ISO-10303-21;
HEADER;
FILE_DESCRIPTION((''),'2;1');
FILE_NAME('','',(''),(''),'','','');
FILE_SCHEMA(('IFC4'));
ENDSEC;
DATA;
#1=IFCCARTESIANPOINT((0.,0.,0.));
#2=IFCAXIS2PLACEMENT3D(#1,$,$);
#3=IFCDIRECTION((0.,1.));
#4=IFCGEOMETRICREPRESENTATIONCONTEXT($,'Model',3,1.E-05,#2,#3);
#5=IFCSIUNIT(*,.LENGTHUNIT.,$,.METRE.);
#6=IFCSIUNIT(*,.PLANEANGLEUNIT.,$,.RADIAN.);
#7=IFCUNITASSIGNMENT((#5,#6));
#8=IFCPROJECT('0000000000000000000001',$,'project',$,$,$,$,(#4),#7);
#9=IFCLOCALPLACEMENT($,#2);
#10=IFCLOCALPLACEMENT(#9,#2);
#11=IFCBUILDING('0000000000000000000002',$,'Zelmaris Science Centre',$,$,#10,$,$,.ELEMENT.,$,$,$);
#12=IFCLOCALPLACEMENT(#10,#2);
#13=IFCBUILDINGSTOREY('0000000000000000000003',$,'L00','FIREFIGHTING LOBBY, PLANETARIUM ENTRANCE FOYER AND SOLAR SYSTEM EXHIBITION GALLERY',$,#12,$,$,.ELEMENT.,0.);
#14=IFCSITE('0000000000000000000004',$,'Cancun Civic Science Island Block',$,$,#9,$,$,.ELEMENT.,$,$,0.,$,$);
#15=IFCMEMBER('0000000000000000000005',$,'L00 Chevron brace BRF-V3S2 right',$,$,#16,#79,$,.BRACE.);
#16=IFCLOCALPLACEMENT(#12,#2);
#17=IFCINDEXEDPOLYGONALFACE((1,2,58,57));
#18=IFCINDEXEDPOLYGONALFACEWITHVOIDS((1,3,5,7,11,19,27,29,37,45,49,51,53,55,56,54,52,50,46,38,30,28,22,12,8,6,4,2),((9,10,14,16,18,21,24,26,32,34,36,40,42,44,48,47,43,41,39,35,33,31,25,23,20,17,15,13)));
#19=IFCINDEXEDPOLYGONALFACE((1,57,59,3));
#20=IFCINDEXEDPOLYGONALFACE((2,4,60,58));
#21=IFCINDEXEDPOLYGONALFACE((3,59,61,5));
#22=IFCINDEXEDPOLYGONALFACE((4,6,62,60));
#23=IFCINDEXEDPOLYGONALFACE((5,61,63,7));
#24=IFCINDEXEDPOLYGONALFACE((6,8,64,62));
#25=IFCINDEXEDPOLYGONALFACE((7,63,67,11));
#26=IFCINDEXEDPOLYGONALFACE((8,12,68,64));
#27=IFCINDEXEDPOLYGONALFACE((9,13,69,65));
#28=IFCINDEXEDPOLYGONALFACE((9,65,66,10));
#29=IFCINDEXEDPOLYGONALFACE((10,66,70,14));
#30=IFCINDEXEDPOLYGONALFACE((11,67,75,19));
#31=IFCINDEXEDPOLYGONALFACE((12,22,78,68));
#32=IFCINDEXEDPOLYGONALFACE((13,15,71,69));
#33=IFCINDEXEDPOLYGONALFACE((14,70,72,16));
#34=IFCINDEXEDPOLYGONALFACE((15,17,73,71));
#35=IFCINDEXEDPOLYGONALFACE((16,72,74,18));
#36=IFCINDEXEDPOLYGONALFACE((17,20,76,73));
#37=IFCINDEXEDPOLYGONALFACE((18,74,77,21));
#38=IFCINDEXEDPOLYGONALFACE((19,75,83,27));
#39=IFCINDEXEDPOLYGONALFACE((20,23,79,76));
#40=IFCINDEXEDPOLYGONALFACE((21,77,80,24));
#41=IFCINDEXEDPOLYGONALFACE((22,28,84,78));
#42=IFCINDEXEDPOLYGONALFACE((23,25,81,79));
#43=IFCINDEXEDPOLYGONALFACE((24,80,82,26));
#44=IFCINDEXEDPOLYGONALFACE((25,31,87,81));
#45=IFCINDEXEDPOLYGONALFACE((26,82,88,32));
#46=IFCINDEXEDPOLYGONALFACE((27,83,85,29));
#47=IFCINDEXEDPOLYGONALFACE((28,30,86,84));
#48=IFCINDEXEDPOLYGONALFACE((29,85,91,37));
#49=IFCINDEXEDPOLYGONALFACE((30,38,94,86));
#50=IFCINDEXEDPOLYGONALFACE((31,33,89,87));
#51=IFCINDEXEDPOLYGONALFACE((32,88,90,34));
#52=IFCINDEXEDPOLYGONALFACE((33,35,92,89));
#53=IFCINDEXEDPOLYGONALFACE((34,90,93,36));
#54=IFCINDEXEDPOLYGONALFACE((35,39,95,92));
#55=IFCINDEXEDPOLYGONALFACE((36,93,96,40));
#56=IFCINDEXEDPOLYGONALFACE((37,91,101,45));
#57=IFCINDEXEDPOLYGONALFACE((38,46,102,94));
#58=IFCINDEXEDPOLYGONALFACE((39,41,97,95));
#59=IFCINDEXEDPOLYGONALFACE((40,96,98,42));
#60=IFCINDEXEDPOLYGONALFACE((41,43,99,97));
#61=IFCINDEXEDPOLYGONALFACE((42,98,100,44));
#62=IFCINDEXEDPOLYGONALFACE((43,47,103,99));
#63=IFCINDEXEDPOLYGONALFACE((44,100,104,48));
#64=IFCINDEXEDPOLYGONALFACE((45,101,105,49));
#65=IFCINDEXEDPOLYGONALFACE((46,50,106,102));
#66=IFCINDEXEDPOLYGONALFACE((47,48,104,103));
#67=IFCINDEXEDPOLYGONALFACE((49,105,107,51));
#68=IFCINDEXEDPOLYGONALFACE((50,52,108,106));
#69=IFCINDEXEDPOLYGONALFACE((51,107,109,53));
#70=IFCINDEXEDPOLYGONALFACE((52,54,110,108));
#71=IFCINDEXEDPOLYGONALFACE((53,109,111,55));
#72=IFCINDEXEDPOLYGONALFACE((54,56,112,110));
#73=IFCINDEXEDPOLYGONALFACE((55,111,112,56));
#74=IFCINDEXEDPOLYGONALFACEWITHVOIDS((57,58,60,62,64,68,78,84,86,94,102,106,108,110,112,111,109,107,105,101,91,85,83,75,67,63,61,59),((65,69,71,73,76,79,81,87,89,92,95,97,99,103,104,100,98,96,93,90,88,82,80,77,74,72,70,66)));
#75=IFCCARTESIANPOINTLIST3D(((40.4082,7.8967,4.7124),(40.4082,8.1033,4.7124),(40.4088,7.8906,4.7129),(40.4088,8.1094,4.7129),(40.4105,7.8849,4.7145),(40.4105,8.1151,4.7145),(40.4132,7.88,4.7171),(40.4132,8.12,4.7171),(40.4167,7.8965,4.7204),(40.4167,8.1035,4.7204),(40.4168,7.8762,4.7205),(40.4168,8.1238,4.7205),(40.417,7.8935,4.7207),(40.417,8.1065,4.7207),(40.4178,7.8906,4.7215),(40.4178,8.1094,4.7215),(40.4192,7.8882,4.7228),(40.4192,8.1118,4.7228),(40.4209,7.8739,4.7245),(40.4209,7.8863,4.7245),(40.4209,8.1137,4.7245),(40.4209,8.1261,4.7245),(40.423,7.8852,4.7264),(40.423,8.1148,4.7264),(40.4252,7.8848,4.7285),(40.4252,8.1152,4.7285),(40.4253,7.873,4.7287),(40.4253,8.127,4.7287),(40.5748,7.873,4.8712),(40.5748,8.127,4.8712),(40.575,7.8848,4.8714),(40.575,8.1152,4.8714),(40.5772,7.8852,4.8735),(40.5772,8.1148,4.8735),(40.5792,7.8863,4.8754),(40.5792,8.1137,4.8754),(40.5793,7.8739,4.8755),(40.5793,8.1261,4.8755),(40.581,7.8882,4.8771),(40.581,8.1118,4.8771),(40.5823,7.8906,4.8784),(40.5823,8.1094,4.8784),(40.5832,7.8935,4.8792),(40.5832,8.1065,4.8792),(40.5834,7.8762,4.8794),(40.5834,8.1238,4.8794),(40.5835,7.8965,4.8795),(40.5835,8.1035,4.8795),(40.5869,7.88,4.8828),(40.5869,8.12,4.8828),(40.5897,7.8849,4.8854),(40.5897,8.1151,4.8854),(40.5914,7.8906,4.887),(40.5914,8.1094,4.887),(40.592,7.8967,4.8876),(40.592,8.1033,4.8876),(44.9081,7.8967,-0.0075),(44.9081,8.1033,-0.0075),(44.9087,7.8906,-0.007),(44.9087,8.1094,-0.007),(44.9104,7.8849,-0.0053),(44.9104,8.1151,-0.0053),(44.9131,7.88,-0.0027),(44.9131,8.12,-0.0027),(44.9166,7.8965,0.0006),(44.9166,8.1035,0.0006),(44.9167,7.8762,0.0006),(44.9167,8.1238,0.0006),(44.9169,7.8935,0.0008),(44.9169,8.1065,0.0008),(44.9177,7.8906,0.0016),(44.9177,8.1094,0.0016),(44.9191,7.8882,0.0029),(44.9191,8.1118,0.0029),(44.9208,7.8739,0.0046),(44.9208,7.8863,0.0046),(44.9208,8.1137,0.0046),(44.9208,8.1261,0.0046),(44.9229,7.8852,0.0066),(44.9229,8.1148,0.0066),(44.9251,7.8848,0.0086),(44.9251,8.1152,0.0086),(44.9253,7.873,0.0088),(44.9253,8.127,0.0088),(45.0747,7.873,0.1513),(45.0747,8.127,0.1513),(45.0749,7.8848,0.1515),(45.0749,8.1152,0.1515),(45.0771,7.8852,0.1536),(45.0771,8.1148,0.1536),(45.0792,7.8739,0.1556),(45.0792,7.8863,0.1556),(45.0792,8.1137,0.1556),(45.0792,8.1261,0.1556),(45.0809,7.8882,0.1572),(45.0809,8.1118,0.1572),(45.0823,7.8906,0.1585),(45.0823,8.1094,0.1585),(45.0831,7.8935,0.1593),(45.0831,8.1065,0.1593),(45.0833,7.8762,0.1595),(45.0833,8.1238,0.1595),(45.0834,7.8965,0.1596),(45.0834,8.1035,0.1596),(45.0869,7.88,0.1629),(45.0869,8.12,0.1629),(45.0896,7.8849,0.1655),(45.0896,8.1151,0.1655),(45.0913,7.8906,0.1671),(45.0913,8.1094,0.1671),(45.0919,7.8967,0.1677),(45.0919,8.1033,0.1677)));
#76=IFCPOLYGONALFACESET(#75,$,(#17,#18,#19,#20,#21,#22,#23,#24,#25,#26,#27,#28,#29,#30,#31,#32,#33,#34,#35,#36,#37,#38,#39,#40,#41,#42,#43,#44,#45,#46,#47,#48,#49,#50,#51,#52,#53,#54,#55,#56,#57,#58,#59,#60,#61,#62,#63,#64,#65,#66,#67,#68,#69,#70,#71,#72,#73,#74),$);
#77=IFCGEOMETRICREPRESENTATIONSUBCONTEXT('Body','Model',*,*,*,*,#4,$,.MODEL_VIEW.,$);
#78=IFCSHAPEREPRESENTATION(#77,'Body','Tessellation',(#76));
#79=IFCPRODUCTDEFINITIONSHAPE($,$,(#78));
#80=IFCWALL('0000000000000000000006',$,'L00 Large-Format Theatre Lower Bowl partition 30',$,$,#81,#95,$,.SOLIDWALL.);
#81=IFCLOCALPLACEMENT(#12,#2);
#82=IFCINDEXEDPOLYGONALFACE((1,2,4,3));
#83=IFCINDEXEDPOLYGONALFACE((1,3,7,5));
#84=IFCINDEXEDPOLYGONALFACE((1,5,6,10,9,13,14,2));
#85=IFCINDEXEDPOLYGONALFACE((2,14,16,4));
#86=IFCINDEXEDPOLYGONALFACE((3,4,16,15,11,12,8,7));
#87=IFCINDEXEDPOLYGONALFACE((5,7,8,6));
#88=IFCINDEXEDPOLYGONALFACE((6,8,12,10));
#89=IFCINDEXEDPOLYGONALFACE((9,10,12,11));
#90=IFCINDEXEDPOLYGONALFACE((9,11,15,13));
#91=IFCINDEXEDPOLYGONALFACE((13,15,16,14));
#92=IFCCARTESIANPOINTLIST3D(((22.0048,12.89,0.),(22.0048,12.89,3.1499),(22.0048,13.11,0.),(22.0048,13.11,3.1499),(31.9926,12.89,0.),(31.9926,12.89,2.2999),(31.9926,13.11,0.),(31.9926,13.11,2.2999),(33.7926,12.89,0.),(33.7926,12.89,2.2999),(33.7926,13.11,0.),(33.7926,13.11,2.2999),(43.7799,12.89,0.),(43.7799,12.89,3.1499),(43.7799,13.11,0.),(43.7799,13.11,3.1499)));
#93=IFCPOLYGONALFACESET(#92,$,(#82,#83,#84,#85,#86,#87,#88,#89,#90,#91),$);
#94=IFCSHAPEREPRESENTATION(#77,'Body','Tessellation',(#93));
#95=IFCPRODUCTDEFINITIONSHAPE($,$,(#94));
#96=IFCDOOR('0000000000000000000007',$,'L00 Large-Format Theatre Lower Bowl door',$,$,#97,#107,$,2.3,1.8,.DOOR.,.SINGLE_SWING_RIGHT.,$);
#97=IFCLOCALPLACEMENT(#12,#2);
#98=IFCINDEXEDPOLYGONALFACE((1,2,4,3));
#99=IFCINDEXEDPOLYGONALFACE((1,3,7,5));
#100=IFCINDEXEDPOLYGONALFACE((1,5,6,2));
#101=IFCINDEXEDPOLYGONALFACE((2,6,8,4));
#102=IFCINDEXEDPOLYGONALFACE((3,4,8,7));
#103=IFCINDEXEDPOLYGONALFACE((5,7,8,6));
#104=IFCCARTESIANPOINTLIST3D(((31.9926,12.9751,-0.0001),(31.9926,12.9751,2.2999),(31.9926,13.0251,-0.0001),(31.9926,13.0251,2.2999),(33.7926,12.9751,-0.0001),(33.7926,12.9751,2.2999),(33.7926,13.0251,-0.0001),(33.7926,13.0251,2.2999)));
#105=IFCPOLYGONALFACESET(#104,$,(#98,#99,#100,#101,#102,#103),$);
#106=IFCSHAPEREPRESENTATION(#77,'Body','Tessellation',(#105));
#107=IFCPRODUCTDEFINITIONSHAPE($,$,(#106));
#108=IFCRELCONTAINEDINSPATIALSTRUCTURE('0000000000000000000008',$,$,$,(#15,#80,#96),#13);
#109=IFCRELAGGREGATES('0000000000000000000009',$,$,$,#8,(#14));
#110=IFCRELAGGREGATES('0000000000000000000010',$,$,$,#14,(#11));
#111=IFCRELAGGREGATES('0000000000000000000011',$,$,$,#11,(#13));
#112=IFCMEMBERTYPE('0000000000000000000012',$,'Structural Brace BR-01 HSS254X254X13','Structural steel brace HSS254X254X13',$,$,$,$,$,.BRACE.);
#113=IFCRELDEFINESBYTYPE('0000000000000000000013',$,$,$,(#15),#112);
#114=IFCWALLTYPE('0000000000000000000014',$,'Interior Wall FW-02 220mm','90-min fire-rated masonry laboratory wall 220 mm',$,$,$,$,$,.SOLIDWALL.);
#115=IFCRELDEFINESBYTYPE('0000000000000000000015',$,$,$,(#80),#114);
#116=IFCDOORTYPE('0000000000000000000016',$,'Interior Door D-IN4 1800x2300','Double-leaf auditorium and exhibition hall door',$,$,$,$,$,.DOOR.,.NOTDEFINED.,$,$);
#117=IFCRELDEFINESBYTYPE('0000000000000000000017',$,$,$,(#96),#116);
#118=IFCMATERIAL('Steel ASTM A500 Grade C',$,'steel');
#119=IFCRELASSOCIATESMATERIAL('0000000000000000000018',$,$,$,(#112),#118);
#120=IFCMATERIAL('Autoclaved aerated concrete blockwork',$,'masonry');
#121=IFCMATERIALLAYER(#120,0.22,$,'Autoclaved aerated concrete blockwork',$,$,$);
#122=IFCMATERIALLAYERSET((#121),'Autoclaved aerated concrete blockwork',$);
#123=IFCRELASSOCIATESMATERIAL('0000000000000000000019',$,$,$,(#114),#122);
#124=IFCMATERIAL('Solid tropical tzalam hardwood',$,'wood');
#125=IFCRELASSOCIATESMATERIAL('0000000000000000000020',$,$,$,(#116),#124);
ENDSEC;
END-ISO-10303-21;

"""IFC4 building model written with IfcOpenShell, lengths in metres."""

from ifc_helpers import new_model, si_unit, direction, frame, frame_2d, origin, origin_2d, place, context, subcontext, project, spatial, rectangle, hollow_rectangle, extrude, material, layer, layer_set, material_profile, profile_set, type_object, element, fill, save


model = new_model("IFC4")

# Units and contexts
model_context = context("Model", 3, precision=1e-05, world=origin(), true_north=direction((0.0, 1.0)))
body_context = subcontext(model_context, "Body", "Model", "MODEL_VIEW")
ifc_project = project(units=[si_unit("LENGTHUNIT", "METRE"), si_unit("PLANEANGLEUNIT", "RADIAN")], contexts=[model_context])

# Site, building, storey
site_placement = place(None, origin())
site = spatial("IfcSite", under=ifc_project, at=site_placement, Name="Cancun Civic Science Island Block", CompositionType="ELEMENT", RefElevation=0.0)
building_placement = place(site_placement, origin())
building = spatial("IfcBuilding", under=site, at=building_placement, Name="Zelmaris Science Centre", CompositionType="ELEMENT")
storey_placement = place(building_placement, origin())
storey = spatial("IfcBuildingStorey", under=building, at=storey_placement, Name="L00", Description="FIREFIGHTING LOBBY, PLANETARIUM ENTRANCE FOYER AND SOLAR SYSTEM EXHIBITION GALLERY", CompositionType="ELEMENT", Elevation=0.0)

# Member
ifc_material_1 = material(Name="Steel ASTM A500 Grade C", Category="steel")
ifc_material_profile_1 = material_profile(ifc_material_1, hollow_rectangle(XDim=0.2539, YDim=0.2539, WallThickness=0.0117, InnerFilletRadius=0.0117, OuterFilletRadius=0.0237, at=origin_2d()), Name="HSS254X254X13")
ifc_profile_set_1 = profile_set([ifc_material_profile_1], Name="Steel ASTM A500 Grade C")
member_type = type_object("IfcMemberType", Name="Structural Brace BR-01 HSS254X254X13", Description="Structural steel brace HSS254X254X13", PredefinedType="BRACE", material=ifc_profile_set_1)
member_placement = place(storey_placement, frame((45.0, 8.0, 0.0801), z_axis=(-0.69004, 0.0, 0.723771), x_axis=(0.0, -1.0, 0.0)))
element("IfcMember", 1, at=member_placement, inside=storey, type_object=member_type, Name="L00 Chevron brace BRF-V3S2 right", PredefinedType="BRACE", context=body_context, shape_type="SweptSolid", body=[
    extrude(hollow_rectangle(XDim=0.2539, YDim=0.2539, WallThickness=0.0117, InnerFilletRadius=0.0117, OuterFilletRadius=0.0237, at=origin_2d()), origin(), (0.0, 0.0, 1.0), 6.5212),
])

# Wall, opening, door
ifc_material_2 = material(Name="Autoclaved aerated concrete blockwork", Category="masonry")
ifc_layer = layer(ifc_material_2, 0.22, Name="Autoclaved aerated concrete blockwork")
ifc_layer_set = layer_set([ifc_layer], Name="Autoclaved aerated concrete blockwork")
wall_type = type_object("IfcWallType", Name="Interior Wall FW-02 220mm", Description="90-min fire-rated masonry laboratory wall 220 mm", PredefinedType="SOLIDWALL", material=ifc_layer_set)
wall_placement = place(storey_placement, frame((43.78, 13.0, 0.0), z_axis=(0.0, 0.0, 1.0), x_axis=(-1.0, 0.0, 0.0)))
wall = element("IfcWall", 2, at=wall_placement, inside=storey, type_object=wall_type, Name="L00 Large-Format Theatre Lower Bowl partition 30", PredefinedType="SOLIDWALL", context=body_context, shape_type="SweptSolid", body=[
    extrude(rectangle(XDim=21.7751, YDim=0.22, at=frame_2d((10.8877, 0.0))), origin(), (0.0, 0.0, 1.0), 3.1499),
])
opening_placement = place(wall_placement, frame((9.9875, 0.0, 0.0)))
opening = element("IfcOpeningElement", 3, at=opening_placement, cuts=wall, PredefinedType="OPENING", context=body_context, shape_type="SweptSolid", body=[
    extrude(rectangle(XDim=1.8, YDim=2.3, at=frame_2d((0.8999, 1.1499))), frame((0.0, 0.1199, 0.0), z_axis=(0.0, -1.0, 0.0), x_axis=(1.0, 0.0, 0.0)), (0.0, 0.0, 1.0), 0.24),
])
ifc_material_3 = material(Name="Solid tropical tzalam hardwood", Category="wood")
door_type = type_object("IfcDoorType", Name="Interior Door D-IN4 1800x2300", Description="Double-leaf auditorium and exhibition hall door", OperationType="NOTDEFINED", PredefinedType="DOOR", material=ifc_material_3)
door_placement = place(opening_placement, origin())
door = element("IfcDoor", 4, at=door_placement, inside=storey, type_object=door_type, Name="L00 Large-Format Theatre Lower Bowl door", OperationType="SINGLE_SWING_RIGHT", OverallHeight=2.3, OverallWidth=1.8, PredefinedType="DOOR", context=body_context, shape_type="SweptSolid", body=[
    extrude(rectangle(XDim=1.8, YDim=2.3, at=frame_2d((0.8999, 1.1499))), frame((0.0, 0.0249, 0.0), z_axis=(0.0, -1.0, 0.0), x_axis=(1.0, 0.0, 0.0)), (0.0, 0.0, 1.0), 0.05),
])
fill(opening, door)

save(model, "model.ifc")
